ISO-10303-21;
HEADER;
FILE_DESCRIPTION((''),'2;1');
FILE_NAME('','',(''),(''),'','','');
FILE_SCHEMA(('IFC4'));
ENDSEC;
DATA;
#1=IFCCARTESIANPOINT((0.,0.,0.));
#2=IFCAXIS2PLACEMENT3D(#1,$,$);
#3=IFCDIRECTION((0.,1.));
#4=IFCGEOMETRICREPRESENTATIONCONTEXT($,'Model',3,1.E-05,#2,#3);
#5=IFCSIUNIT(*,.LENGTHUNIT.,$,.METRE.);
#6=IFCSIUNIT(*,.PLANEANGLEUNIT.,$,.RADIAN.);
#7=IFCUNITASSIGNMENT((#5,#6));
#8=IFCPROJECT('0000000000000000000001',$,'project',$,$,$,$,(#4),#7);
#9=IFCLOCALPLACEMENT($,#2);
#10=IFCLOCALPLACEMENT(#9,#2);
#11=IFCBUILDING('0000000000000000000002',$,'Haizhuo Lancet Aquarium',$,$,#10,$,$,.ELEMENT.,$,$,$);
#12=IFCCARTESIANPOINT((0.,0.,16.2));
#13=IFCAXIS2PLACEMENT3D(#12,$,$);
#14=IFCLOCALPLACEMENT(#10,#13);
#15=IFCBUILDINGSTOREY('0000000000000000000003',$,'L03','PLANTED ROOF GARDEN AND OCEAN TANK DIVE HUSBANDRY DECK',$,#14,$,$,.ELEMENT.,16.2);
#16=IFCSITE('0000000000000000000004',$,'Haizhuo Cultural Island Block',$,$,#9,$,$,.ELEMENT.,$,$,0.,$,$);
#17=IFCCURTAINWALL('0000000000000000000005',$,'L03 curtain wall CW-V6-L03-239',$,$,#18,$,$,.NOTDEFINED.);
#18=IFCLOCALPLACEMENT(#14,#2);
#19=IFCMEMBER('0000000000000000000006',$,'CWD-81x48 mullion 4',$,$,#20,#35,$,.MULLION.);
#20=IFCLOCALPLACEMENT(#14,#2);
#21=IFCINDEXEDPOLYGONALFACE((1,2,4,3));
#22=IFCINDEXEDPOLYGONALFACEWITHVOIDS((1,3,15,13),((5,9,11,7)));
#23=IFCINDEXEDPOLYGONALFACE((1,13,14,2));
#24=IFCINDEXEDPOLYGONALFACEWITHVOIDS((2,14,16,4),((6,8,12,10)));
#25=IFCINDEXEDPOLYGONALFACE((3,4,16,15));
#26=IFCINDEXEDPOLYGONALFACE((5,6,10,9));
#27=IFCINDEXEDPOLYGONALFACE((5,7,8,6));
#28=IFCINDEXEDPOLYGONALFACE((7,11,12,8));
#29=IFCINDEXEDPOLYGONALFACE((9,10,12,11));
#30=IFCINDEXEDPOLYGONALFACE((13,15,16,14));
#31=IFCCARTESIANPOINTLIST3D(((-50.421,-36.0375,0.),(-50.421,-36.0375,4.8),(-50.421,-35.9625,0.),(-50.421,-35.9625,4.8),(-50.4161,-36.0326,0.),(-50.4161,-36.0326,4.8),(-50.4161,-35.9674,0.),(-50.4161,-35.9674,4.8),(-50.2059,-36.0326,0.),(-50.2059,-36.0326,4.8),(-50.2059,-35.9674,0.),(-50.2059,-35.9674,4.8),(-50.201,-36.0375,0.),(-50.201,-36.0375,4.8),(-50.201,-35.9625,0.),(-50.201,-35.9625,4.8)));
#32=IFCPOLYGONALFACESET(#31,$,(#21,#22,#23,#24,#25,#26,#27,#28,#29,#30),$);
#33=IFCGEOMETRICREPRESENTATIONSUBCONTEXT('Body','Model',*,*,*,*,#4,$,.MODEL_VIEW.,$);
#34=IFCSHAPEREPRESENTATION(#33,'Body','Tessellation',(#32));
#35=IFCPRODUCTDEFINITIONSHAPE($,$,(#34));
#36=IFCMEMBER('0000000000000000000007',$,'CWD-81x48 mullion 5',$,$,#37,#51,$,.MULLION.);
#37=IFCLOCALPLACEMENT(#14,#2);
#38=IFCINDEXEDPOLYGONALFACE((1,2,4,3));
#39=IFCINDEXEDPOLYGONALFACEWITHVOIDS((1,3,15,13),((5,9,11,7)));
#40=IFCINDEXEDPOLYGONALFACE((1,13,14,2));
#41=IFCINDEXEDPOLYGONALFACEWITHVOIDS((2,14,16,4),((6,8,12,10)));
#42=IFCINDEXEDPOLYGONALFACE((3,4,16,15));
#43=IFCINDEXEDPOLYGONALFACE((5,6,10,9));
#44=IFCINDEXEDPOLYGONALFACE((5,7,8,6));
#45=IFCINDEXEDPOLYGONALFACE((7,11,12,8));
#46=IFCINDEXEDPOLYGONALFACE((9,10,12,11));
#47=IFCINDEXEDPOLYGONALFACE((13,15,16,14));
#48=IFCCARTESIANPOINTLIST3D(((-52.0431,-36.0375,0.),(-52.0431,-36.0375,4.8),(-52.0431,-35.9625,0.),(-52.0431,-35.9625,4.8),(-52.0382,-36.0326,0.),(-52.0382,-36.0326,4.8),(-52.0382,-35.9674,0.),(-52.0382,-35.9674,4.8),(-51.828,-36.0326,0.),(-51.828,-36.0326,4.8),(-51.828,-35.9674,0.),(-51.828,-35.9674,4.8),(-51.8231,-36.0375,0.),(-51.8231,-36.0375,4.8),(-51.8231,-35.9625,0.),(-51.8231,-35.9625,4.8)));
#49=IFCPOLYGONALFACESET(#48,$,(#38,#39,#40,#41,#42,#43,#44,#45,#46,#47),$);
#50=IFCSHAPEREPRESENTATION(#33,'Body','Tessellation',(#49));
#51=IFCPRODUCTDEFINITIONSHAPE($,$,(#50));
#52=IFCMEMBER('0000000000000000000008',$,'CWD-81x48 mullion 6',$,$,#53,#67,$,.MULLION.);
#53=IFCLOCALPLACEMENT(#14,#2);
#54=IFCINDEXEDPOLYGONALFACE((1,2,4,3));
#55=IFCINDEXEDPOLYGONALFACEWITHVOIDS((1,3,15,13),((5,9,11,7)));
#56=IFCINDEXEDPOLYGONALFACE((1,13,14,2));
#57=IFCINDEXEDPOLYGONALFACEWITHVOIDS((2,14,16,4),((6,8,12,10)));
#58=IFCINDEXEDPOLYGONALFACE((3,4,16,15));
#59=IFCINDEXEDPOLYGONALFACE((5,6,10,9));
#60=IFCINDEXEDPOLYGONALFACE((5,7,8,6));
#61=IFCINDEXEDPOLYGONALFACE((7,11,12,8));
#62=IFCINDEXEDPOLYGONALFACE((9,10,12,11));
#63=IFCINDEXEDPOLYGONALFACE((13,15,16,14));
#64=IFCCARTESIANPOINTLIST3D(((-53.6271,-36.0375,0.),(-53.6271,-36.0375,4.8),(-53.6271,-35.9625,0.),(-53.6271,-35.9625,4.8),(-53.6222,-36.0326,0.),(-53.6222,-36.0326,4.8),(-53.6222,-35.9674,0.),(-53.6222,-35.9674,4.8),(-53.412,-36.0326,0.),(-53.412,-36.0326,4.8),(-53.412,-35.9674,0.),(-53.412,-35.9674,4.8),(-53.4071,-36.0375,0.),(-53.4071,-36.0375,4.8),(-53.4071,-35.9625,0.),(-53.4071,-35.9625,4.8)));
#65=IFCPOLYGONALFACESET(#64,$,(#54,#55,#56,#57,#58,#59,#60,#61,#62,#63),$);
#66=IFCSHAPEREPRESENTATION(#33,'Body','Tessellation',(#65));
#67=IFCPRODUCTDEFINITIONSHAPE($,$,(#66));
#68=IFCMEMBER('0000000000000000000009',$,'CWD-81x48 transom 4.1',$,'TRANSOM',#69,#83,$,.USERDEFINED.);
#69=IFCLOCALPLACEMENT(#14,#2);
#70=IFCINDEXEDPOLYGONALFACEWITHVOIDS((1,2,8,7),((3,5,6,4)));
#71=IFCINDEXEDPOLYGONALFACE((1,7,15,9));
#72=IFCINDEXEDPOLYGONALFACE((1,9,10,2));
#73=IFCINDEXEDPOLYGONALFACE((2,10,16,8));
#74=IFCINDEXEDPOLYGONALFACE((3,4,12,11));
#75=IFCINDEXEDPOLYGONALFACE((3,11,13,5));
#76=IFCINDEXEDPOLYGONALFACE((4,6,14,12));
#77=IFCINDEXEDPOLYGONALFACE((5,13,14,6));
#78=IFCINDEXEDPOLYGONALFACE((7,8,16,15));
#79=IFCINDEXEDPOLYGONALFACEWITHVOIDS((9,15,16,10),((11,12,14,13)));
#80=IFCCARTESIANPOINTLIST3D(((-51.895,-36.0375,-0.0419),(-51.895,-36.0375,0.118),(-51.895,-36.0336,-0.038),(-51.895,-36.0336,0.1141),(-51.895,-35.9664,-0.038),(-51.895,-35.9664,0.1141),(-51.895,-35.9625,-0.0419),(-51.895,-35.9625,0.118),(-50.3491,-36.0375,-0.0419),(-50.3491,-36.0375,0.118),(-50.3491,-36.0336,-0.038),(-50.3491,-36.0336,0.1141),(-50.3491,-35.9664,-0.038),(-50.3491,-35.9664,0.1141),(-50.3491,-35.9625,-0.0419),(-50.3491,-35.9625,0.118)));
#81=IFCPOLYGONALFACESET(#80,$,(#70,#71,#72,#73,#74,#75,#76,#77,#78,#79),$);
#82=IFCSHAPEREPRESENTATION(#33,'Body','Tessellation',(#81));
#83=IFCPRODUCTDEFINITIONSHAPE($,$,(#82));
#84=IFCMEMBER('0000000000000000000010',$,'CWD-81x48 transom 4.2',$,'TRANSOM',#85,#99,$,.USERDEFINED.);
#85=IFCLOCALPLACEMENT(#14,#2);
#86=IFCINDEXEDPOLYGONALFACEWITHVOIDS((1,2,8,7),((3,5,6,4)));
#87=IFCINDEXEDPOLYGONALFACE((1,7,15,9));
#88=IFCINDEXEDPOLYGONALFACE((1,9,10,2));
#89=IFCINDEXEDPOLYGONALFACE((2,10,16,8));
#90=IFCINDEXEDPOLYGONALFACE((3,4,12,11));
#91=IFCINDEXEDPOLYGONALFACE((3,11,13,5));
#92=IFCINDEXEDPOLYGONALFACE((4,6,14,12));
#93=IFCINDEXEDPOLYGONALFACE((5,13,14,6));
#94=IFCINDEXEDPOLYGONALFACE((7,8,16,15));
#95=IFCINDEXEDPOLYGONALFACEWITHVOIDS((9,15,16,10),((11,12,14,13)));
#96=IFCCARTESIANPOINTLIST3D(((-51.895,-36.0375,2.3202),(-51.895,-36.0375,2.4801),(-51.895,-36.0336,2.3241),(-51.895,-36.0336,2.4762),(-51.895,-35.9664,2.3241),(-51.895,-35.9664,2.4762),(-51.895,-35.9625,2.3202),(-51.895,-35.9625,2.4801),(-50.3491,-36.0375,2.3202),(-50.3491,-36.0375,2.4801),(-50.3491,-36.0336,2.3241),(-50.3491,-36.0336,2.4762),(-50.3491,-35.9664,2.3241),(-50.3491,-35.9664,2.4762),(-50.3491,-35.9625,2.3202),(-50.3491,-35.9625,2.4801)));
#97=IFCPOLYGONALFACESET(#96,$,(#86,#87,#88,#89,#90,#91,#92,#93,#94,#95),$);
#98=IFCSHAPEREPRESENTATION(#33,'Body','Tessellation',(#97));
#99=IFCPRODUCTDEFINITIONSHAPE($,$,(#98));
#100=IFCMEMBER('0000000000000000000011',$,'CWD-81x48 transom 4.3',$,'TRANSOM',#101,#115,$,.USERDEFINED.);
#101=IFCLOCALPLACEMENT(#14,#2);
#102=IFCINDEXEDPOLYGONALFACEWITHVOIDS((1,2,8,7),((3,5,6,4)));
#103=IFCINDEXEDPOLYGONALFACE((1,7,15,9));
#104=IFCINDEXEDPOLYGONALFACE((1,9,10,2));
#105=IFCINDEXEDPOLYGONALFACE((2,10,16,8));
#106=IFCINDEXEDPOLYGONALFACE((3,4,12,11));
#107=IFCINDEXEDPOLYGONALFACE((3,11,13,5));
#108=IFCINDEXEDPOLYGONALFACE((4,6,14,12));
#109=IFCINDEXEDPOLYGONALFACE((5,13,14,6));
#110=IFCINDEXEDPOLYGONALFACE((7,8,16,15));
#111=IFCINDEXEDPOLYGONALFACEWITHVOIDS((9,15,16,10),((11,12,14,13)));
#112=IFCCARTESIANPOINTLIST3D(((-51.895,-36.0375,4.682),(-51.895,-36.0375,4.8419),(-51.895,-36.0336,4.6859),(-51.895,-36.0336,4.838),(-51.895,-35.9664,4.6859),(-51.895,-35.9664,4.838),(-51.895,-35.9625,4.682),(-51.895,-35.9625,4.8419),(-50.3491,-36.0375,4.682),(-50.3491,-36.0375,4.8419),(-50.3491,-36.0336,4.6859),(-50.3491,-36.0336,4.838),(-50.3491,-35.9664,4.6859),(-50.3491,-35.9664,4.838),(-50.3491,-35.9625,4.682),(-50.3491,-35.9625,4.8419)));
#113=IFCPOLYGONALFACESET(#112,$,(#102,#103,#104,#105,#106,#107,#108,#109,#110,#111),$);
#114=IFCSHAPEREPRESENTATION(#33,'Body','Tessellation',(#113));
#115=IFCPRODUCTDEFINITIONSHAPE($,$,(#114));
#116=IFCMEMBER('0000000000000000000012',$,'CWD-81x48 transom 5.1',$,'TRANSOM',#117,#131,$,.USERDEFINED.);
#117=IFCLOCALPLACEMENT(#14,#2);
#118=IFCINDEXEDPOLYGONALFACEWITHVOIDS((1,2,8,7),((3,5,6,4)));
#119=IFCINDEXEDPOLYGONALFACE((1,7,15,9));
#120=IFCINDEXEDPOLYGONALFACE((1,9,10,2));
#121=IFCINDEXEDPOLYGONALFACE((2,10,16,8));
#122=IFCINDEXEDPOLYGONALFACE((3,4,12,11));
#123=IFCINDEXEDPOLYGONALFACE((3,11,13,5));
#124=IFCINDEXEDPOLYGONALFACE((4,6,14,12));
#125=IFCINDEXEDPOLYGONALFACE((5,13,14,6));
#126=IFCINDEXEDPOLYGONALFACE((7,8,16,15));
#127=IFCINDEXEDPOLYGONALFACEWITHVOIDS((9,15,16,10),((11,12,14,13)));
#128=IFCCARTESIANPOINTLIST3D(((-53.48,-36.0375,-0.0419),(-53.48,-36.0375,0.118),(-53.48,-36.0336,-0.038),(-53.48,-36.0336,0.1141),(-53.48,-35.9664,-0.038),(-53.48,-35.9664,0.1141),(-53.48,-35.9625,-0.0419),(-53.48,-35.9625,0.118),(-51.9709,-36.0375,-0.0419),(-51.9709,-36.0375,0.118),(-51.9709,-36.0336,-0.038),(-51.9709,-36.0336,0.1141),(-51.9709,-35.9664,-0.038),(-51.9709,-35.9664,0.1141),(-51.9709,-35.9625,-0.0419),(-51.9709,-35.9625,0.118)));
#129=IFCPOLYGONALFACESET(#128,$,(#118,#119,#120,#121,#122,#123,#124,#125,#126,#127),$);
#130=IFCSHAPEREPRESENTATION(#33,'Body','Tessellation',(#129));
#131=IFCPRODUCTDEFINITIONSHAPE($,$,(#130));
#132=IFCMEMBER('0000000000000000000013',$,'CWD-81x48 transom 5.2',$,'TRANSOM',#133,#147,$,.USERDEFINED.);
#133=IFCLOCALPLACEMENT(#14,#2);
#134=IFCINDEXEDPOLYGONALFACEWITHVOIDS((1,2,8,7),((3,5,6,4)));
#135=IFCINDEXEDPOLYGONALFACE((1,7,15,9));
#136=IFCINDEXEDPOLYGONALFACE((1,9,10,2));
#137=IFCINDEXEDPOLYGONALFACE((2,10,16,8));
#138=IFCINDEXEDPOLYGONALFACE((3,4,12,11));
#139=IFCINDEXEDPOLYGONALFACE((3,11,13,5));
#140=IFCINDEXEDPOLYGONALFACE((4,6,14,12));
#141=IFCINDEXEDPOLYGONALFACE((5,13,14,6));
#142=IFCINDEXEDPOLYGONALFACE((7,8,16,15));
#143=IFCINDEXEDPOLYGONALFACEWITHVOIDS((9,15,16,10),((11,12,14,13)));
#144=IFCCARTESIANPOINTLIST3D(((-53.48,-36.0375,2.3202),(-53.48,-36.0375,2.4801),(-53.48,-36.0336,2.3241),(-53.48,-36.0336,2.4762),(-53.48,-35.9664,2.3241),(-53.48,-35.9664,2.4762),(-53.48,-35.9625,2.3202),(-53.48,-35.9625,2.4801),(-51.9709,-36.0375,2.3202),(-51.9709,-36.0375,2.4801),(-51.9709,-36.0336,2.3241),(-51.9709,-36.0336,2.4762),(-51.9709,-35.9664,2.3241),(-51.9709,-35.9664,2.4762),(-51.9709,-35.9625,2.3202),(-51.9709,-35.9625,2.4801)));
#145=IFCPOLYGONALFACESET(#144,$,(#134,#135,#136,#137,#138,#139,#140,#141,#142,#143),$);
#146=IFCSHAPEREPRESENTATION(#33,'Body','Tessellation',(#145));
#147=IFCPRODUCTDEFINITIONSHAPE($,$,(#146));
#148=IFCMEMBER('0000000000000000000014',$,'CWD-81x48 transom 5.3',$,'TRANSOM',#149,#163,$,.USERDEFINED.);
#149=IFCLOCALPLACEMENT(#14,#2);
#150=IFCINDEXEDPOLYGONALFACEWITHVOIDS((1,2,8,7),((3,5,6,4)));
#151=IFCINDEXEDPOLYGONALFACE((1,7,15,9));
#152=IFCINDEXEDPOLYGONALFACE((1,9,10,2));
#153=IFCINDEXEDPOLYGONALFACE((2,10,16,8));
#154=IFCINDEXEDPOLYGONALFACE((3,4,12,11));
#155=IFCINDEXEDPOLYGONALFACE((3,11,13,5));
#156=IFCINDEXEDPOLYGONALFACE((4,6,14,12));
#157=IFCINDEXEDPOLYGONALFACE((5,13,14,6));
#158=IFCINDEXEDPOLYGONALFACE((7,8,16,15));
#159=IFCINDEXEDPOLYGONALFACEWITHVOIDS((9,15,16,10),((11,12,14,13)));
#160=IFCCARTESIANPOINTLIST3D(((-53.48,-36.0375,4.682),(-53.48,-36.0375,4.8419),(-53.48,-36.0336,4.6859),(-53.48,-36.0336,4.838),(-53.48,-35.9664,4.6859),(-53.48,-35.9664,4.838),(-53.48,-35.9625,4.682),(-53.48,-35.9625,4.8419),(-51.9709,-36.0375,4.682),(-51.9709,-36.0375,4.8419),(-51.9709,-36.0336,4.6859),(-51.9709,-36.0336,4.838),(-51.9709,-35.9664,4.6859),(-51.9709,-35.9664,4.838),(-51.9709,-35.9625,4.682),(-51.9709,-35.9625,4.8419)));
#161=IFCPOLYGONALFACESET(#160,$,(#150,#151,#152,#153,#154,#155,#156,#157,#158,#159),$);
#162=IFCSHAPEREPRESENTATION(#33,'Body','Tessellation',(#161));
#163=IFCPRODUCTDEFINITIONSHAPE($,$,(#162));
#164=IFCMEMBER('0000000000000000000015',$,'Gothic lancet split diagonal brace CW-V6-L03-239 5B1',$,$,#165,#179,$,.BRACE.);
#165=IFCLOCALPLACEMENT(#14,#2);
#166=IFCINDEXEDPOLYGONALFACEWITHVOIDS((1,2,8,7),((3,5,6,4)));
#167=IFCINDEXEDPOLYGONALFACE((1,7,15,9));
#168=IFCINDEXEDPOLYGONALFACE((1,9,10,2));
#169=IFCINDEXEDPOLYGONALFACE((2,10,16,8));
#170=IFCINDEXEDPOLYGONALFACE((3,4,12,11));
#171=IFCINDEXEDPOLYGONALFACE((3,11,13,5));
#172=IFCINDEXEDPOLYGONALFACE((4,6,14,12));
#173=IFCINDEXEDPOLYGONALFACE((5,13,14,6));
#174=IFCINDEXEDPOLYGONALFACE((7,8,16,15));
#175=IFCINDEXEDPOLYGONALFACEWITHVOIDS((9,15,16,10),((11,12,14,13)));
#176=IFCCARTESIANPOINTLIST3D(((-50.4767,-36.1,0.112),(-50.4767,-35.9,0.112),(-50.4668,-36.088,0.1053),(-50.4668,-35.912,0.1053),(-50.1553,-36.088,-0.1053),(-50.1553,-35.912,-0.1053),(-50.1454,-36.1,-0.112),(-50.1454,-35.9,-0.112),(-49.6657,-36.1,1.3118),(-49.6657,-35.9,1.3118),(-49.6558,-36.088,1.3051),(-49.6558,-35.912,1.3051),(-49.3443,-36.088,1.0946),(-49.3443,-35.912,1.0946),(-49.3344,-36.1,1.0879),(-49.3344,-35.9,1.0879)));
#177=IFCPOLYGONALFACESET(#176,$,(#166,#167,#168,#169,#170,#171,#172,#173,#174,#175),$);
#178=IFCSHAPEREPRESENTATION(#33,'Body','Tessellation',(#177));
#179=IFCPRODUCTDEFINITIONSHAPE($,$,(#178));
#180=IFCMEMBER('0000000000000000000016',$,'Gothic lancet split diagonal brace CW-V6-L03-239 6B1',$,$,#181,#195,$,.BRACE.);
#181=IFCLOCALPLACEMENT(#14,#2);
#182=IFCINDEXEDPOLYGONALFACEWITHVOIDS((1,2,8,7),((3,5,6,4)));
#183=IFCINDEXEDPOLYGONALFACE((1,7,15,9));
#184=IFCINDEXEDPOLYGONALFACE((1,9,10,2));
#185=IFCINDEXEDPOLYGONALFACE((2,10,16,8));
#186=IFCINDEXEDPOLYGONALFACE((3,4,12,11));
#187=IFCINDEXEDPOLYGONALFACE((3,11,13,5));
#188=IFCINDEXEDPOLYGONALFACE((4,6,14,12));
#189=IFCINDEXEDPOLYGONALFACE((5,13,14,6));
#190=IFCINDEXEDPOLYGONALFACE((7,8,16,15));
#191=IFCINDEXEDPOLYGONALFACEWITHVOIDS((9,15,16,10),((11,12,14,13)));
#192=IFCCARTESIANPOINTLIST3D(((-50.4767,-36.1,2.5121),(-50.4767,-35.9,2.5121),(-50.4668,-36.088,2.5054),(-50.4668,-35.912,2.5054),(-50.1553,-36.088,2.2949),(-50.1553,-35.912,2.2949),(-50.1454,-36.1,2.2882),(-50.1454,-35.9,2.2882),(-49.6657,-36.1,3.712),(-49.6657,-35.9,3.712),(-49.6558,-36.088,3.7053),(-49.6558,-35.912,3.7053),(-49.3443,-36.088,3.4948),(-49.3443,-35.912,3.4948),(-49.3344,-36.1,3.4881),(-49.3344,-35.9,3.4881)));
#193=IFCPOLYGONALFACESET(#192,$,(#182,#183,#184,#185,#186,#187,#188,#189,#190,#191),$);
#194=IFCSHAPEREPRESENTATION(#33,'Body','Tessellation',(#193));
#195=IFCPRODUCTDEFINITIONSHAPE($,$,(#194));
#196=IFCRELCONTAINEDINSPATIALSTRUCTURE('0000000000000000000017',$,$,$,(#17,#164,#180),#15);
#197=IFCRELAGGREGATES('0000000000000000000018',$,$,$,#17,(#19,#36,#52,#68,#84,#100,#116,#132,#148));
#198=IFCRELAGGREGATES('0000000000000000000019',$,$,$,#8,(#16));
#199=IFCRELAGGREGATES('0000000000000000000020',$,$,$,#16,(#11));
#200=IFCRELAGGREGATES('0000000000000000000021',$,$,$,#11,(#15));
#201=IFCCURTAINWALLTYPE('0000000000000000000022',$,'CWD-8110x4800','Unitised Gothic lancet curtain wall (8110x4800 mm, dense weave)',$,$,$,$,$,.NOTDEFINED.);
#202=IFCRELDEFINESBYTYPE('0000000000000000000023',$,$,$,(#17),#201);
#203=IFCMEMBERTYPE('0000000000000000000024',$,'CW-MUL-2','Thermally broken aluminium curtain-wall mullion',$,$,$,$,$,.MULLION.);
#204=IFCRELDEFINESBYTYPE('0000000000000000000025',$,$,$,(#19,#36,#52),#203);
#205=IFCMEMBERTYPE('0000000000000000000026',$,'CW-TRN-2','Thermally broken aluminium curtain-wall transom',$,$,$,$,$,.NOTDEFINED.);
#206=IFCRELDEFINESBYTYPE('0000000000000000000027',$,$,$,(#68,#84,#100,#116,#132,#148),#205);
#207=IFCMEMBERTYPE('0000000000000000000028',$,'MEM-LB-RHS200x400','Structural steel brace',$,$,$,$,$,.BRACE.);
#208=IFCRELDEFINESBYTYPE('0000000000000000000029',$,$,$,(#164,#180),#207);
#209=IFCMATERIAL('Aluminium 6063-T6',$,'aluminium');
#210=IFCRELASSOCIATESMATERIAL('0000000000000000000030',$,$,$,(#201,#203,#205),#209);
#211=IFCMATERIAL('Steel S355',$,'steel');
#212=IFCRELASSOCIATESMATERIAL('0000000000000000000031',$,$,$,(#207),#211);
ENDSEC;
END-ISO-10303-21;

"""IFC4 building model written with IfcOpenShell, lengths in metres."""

from ifc_helpers import new_model, si_unit, direction, frame, origin, origin_2d, place, context, subcontext, project, spatial, hollow_rectangle, extrude, material, material_profile, profile_set, type_object, element, aggregate, save


model = new_model("IFC4")

# Units and contexts
model_context = context("Model", 3, precision=1e-05, world=origin(), true_north=direction((0.0, 1.0)))
body_context = subcontext(model_context, "Body", "Model", "MODEL_VIEW")
ifc_project = project(units=[si_unit("LENGTHUNIT", "METRE"), si_unit("PLANEANGLEUNIT", "RADIAN")], contexts=[model_context])

# Site, building, storey
site_placement = place(None, origin())
site = spatial("IfcSite", under=ifc_project, at=site_placement, Name="Haizhuo Cultural Island Block", CompositionType="ELEMENT", RefElevation=0.0)
building_placement = place(site_placement, origin())
building = spatial("IfcBuilding", under=site, at=building_placement, Name="Haizhuo Lancet Aquarium", CompositionType="ELEMENT")
storey_placement = place(building_placement, frame((0.0, 0.0, 16.2)))
storey = spatial("IfcBuildingStorey", under=building, at=storey_placement, Name="L03", Description="PLANTED ROOF GARDEN AND OCEAN TANK DIVE HUSBANDRY DECK", CompositionType="ELEMENT", Elevation=16.2)

# Curtain wall, members
ifc_material_1 = material(Name="Aluminium 6063-T6", Category="aluminium")
curtain_wall_type = type_object("IfcCurtainWallType", Name="CWD-8110x4800", Description="Unitised Gothic lancet curtain wall (8110x4800 mm, dense weave)", PredefinedType="NOTDEFINED", material=ifc_material_1)
curtain_wall_placement = place(storey_placement, origin())
curtain_wall = element("IfcCurtainWall", 1, at=curtain_wall_placement, inside=storey, type_object=curtain_wall_type, Name="L03 curtain wall CW-V6-L03-239", PredefinedType="NOTDEFINED")
ifc_material_profile_1 = material_profile(ifc_material_1, hollow_rectangle(XDim=0.075, YDim=0.22, WallThickness=0.0049, at=origin_2d()), Name="ALU-M 75x220x5")
ifc_profile_set_1 = profile_set([ifc_material_profile_1], Name="Aluminium 6063-T6")
member_type_1 = type_object("IfcMemberType", Name="CW-MUL-2", Description="Thermally broken aluminium curtain-wall mullion", PredefinedType="MULLION", material=ifc_profile_set_1)
member_1_placement = place(storey_placement, frame((-50.311, -36.0, 0.0), z_axis=(0.0, 0.0, 1.0), x_axis=(0.0, -1.0, 0.0)))
member_1 = element("IfcMember", 2, at=member_1_placement, type_object=member_type_1, Name="CWD-81x48 mullion 4", PredefinedType="MULLION", context=body_context, shape_type="SweptSolid", body=[
    extrude(hollow_rectangle(XDim=0.075, YDim=0.22, WallThickness=0.0049, at=origin_2d()), origin(), (0.0, 0.0, 1.0), 4.8),
])
member_2_placement = place(storey_placement, frame((-51.9331, -36.0, 0.0), z_axis=(0.0, 0.0, 1.0), x_axis=(0.0, -1.0, 0.0)))
member_2 = element("IfcMember", 3, at=member_2_placement, type_object=member_type_1, Name="CWD-81x48 mullion 5", PredefinedType="MULLION", context=body_context, shape_type="SweptSolid", body=[
    extrude(hollow_rectangle(XDim=0.075, YDim=0.22, WallThickness=0.0049, at=origin_2d()), origin(), (0.0, 0.0, 1.0), 4.8),
])
member_3_placement = place(storey_placement, frame((-53.5171, -36.0, 0.0), z_axis=(0.0, 0.0, 1.0), x_axis=(0.0, -1.0, 0.0)))
member_3 = element("IfcMember", 4, at=member_3_placement, type_object=member_type_1, Name="CWD-81x48 mullion 6", PredefinedType="MULLION", context=body_context, shape_type="SweptSolid", body=[
    extrude(hollow_rectangle(XDim=0.075, YDim=0.22, WallThickness=0.0049, at=origin_2d()), origin(), (0.0, 0.0, 1.0), 4.8),
])
ifc_material_profile_2 = material_profile(ifc_material_1, hollow_rectangle(XDim=0.075, YDim=0.1599, WallThickness=0.0039, at=origin_2d()), Name="ALU-T 75x160x4")
ifc_profile_set_2 = profile_set([ifc_material_profile_2], Name="Aluminium 6063-T6")
member_type_2 = type_object("IfcMemberType", Name="CW-TRN-2", Description="Thermally broken aluminium curtain-wall transom", PredefinedType="NOTDEFINED", material=ifc_profile_set_2)
member_4_placement = place(storey_placement, frame((-50.3491, -36.0, 0.0381), z_axis=(-1.0, 0.0, 0.0), x_axis=(0.0, -1.0, 0.0)))
member_4 = element("IfcMember", 5, at=member_4_placement, type_object=member_type_2, Name="CWD-81x48 transom 4.1", ObjectType="TRANSOM", PredefinedType="USERDEFINED", context=body_context, shape_type="SweptSolid", body=[
    extrude(hollow_rectangle(XDim=0.075, YDim=0.1599, WallThickness=0.0039, at=origin_2d()), origin(), (0.0, 0.0, 1.0), 1.5459),
])
member_5_placement = place(storey_placement, frame((-50.3491, -36.0, 2.4001), z_axis=(-1.0, 0.0, 0.0), x_axis=(0.0, -1.0, 0.0)))
member_5 = element("IfcMember", 6, at=member_5_placement, type_object=member_type_2, Name="CWD-81x48 transom 4.2", ObjectType="TRANSOM", PredefinedType="USERDEFINED", context=body_context, shape_type="SweptSolid", body=[
    extrude(hollow_rectangle(XDim=0.075, YDim=0.1599, WallThickness=0.0039, at=origin_2d()), origin(), (0.0, 0.0, 1.0), 1.5459),
])
member_6_placement = place(storey_placement, frame((-50.3491, -36.0, 4.762), z_axis=(-1.0, 0.0, 0.0), x_axis=(0.0, -1.0, 0.0)))
member_6 = element("IfcMember", 7, at=member_6_placement, type_object=member_type_2, Name="CWD-81x48 transom 4.3", ObjectType="TRANSOM", PredefinedType="USERDEFINED", context=body_context, shape_type="SweptSolid", body=[
    extrude(hollow_rectangle(XDim=0.075, YDim=0.1599, WallThickness=0.0039, at=origin_2d()), origin(), (0.0, 0.0, 1.0), 1.5459),
])
member_7_placement = place(storey_placement, frame((-51.9709, -36.0, 0.0381), z_axis=(-1.0, 0.0, 0.0), x_axis=(0.0, -1.0, 0.0)))
member_7 = element("IfcMember", 8, at=member_7_placement, type_object=member_type_2, Name="CWD-81x48 transom 5.1", ObjectType="TRANSOM", PredefinedType="USERDEFINED", context=body_context, shape_type="SweptSolid", body=[
    extrude(hollow_rectangle(XDim=0.075, YDim=0.1599, WallThickness=0.0039, at=origin_2d()), origin(), (0.0, 0.0, 1.0), 1.509),
])
member_8_placement = place(storey_placement, frame((-51.9709, -36.0, 2.4001), z_axis=(-1.0, 0.0, 0.0), x_axis=(0.0, -1.0, 0.0)))
member_8 = element("IfcMember", 9, at=member_8_placement, type_object=member_type_2, Name="CWD-81x48 transom 5.2", ObjectType="TRANSOM", PredefinedType="USERDEFINED", context=body_context, shape_type="SweptSolid", body=[
    extrude(hollow_rectangle(XDim=0.075, YDim=0.1599, WallThickness=0.0039, at=origin_2d()), origin(), (0.0, 0.0, 1.0), 1.509),
])
member_9_placement = place(storey_placement, frame((-51.9709, -36.0, 4.762), z_axis=(-1.0, 0.0, 0.0), x_axis=(0.0, -1.0, 0.0)))
member_9 = element("IfcMember", 10, at=member_9_placement, type_object=member_type_2, Name="CWD-81x48 transom 5.3", ObjectType="TRANSOM", PredefinedType="USERDEFINED", context=body_context, shape_type="SweptSolid", body=[
    extrude(hollow_rectangle(XDim=0.075, YDim=0.1599, WallThickness=0.0039, at=origin_2d()), origin(), (0.0, 0.0, 1.0), 1.509),
])

# Members
ifc_material_2 = material(Name="Steel S355", Category="steel")
ifc_material_profile_3 = material_profile(ifc_material_2, hollow_rectangle(XDim=0.2, YDim=0.3999, WallThickness=0.012, at=origin_2d()), Name="RHS 200x400x12")
ifc_profile_set_3 = profile_set([ifc_material_profile_3], Name="Steel S355")
member_type_3 = type_object("IfcMemberType", Name="MEM-LB-RHS200x400", Description="Structural steel brace", PredefinedType="BRACE", material=ifc_profile_set_3)
for number, where, z_axis, x_axis, name in (
    (11, (-50.311, -36.0, 0.0), (0.559979, 0.0, 0.828507), (0.0, 1.0, 0.0), "Gothic lancet split diagonal brace CW-V6-L03-239 5B1"),
    (12, (-50.311, -36.0, 2.4001), (0.559979, 0.0, 0.828507), (0.0, 1.0, 0.0), "Gothic lancet split diagonal brace CW-V6-L03-239 6B1"),
):
    element("IfcMember", number, at=place(storey_placement, frame(where, z_axis=z_axis, x_axis=x_axis)), inside=storey, type_object=member_type_3, Name=name, PredefinedType="BRACE", context=body_context, shape_type="SweptSolid", body=[
        extrude(hollow_rectangle(XDim=0.2, YDim=0.3999, WallThickness=0.012, at=origin_2d()), origin(), (0.0, 0.0, 1.0), 1.4482),
    ])

aggregate(curtain_wall, [member_1, member_2, member_3, member_4, member_5, member_6, member_7, member_8, member_9])

save(model, "model.ifc")
